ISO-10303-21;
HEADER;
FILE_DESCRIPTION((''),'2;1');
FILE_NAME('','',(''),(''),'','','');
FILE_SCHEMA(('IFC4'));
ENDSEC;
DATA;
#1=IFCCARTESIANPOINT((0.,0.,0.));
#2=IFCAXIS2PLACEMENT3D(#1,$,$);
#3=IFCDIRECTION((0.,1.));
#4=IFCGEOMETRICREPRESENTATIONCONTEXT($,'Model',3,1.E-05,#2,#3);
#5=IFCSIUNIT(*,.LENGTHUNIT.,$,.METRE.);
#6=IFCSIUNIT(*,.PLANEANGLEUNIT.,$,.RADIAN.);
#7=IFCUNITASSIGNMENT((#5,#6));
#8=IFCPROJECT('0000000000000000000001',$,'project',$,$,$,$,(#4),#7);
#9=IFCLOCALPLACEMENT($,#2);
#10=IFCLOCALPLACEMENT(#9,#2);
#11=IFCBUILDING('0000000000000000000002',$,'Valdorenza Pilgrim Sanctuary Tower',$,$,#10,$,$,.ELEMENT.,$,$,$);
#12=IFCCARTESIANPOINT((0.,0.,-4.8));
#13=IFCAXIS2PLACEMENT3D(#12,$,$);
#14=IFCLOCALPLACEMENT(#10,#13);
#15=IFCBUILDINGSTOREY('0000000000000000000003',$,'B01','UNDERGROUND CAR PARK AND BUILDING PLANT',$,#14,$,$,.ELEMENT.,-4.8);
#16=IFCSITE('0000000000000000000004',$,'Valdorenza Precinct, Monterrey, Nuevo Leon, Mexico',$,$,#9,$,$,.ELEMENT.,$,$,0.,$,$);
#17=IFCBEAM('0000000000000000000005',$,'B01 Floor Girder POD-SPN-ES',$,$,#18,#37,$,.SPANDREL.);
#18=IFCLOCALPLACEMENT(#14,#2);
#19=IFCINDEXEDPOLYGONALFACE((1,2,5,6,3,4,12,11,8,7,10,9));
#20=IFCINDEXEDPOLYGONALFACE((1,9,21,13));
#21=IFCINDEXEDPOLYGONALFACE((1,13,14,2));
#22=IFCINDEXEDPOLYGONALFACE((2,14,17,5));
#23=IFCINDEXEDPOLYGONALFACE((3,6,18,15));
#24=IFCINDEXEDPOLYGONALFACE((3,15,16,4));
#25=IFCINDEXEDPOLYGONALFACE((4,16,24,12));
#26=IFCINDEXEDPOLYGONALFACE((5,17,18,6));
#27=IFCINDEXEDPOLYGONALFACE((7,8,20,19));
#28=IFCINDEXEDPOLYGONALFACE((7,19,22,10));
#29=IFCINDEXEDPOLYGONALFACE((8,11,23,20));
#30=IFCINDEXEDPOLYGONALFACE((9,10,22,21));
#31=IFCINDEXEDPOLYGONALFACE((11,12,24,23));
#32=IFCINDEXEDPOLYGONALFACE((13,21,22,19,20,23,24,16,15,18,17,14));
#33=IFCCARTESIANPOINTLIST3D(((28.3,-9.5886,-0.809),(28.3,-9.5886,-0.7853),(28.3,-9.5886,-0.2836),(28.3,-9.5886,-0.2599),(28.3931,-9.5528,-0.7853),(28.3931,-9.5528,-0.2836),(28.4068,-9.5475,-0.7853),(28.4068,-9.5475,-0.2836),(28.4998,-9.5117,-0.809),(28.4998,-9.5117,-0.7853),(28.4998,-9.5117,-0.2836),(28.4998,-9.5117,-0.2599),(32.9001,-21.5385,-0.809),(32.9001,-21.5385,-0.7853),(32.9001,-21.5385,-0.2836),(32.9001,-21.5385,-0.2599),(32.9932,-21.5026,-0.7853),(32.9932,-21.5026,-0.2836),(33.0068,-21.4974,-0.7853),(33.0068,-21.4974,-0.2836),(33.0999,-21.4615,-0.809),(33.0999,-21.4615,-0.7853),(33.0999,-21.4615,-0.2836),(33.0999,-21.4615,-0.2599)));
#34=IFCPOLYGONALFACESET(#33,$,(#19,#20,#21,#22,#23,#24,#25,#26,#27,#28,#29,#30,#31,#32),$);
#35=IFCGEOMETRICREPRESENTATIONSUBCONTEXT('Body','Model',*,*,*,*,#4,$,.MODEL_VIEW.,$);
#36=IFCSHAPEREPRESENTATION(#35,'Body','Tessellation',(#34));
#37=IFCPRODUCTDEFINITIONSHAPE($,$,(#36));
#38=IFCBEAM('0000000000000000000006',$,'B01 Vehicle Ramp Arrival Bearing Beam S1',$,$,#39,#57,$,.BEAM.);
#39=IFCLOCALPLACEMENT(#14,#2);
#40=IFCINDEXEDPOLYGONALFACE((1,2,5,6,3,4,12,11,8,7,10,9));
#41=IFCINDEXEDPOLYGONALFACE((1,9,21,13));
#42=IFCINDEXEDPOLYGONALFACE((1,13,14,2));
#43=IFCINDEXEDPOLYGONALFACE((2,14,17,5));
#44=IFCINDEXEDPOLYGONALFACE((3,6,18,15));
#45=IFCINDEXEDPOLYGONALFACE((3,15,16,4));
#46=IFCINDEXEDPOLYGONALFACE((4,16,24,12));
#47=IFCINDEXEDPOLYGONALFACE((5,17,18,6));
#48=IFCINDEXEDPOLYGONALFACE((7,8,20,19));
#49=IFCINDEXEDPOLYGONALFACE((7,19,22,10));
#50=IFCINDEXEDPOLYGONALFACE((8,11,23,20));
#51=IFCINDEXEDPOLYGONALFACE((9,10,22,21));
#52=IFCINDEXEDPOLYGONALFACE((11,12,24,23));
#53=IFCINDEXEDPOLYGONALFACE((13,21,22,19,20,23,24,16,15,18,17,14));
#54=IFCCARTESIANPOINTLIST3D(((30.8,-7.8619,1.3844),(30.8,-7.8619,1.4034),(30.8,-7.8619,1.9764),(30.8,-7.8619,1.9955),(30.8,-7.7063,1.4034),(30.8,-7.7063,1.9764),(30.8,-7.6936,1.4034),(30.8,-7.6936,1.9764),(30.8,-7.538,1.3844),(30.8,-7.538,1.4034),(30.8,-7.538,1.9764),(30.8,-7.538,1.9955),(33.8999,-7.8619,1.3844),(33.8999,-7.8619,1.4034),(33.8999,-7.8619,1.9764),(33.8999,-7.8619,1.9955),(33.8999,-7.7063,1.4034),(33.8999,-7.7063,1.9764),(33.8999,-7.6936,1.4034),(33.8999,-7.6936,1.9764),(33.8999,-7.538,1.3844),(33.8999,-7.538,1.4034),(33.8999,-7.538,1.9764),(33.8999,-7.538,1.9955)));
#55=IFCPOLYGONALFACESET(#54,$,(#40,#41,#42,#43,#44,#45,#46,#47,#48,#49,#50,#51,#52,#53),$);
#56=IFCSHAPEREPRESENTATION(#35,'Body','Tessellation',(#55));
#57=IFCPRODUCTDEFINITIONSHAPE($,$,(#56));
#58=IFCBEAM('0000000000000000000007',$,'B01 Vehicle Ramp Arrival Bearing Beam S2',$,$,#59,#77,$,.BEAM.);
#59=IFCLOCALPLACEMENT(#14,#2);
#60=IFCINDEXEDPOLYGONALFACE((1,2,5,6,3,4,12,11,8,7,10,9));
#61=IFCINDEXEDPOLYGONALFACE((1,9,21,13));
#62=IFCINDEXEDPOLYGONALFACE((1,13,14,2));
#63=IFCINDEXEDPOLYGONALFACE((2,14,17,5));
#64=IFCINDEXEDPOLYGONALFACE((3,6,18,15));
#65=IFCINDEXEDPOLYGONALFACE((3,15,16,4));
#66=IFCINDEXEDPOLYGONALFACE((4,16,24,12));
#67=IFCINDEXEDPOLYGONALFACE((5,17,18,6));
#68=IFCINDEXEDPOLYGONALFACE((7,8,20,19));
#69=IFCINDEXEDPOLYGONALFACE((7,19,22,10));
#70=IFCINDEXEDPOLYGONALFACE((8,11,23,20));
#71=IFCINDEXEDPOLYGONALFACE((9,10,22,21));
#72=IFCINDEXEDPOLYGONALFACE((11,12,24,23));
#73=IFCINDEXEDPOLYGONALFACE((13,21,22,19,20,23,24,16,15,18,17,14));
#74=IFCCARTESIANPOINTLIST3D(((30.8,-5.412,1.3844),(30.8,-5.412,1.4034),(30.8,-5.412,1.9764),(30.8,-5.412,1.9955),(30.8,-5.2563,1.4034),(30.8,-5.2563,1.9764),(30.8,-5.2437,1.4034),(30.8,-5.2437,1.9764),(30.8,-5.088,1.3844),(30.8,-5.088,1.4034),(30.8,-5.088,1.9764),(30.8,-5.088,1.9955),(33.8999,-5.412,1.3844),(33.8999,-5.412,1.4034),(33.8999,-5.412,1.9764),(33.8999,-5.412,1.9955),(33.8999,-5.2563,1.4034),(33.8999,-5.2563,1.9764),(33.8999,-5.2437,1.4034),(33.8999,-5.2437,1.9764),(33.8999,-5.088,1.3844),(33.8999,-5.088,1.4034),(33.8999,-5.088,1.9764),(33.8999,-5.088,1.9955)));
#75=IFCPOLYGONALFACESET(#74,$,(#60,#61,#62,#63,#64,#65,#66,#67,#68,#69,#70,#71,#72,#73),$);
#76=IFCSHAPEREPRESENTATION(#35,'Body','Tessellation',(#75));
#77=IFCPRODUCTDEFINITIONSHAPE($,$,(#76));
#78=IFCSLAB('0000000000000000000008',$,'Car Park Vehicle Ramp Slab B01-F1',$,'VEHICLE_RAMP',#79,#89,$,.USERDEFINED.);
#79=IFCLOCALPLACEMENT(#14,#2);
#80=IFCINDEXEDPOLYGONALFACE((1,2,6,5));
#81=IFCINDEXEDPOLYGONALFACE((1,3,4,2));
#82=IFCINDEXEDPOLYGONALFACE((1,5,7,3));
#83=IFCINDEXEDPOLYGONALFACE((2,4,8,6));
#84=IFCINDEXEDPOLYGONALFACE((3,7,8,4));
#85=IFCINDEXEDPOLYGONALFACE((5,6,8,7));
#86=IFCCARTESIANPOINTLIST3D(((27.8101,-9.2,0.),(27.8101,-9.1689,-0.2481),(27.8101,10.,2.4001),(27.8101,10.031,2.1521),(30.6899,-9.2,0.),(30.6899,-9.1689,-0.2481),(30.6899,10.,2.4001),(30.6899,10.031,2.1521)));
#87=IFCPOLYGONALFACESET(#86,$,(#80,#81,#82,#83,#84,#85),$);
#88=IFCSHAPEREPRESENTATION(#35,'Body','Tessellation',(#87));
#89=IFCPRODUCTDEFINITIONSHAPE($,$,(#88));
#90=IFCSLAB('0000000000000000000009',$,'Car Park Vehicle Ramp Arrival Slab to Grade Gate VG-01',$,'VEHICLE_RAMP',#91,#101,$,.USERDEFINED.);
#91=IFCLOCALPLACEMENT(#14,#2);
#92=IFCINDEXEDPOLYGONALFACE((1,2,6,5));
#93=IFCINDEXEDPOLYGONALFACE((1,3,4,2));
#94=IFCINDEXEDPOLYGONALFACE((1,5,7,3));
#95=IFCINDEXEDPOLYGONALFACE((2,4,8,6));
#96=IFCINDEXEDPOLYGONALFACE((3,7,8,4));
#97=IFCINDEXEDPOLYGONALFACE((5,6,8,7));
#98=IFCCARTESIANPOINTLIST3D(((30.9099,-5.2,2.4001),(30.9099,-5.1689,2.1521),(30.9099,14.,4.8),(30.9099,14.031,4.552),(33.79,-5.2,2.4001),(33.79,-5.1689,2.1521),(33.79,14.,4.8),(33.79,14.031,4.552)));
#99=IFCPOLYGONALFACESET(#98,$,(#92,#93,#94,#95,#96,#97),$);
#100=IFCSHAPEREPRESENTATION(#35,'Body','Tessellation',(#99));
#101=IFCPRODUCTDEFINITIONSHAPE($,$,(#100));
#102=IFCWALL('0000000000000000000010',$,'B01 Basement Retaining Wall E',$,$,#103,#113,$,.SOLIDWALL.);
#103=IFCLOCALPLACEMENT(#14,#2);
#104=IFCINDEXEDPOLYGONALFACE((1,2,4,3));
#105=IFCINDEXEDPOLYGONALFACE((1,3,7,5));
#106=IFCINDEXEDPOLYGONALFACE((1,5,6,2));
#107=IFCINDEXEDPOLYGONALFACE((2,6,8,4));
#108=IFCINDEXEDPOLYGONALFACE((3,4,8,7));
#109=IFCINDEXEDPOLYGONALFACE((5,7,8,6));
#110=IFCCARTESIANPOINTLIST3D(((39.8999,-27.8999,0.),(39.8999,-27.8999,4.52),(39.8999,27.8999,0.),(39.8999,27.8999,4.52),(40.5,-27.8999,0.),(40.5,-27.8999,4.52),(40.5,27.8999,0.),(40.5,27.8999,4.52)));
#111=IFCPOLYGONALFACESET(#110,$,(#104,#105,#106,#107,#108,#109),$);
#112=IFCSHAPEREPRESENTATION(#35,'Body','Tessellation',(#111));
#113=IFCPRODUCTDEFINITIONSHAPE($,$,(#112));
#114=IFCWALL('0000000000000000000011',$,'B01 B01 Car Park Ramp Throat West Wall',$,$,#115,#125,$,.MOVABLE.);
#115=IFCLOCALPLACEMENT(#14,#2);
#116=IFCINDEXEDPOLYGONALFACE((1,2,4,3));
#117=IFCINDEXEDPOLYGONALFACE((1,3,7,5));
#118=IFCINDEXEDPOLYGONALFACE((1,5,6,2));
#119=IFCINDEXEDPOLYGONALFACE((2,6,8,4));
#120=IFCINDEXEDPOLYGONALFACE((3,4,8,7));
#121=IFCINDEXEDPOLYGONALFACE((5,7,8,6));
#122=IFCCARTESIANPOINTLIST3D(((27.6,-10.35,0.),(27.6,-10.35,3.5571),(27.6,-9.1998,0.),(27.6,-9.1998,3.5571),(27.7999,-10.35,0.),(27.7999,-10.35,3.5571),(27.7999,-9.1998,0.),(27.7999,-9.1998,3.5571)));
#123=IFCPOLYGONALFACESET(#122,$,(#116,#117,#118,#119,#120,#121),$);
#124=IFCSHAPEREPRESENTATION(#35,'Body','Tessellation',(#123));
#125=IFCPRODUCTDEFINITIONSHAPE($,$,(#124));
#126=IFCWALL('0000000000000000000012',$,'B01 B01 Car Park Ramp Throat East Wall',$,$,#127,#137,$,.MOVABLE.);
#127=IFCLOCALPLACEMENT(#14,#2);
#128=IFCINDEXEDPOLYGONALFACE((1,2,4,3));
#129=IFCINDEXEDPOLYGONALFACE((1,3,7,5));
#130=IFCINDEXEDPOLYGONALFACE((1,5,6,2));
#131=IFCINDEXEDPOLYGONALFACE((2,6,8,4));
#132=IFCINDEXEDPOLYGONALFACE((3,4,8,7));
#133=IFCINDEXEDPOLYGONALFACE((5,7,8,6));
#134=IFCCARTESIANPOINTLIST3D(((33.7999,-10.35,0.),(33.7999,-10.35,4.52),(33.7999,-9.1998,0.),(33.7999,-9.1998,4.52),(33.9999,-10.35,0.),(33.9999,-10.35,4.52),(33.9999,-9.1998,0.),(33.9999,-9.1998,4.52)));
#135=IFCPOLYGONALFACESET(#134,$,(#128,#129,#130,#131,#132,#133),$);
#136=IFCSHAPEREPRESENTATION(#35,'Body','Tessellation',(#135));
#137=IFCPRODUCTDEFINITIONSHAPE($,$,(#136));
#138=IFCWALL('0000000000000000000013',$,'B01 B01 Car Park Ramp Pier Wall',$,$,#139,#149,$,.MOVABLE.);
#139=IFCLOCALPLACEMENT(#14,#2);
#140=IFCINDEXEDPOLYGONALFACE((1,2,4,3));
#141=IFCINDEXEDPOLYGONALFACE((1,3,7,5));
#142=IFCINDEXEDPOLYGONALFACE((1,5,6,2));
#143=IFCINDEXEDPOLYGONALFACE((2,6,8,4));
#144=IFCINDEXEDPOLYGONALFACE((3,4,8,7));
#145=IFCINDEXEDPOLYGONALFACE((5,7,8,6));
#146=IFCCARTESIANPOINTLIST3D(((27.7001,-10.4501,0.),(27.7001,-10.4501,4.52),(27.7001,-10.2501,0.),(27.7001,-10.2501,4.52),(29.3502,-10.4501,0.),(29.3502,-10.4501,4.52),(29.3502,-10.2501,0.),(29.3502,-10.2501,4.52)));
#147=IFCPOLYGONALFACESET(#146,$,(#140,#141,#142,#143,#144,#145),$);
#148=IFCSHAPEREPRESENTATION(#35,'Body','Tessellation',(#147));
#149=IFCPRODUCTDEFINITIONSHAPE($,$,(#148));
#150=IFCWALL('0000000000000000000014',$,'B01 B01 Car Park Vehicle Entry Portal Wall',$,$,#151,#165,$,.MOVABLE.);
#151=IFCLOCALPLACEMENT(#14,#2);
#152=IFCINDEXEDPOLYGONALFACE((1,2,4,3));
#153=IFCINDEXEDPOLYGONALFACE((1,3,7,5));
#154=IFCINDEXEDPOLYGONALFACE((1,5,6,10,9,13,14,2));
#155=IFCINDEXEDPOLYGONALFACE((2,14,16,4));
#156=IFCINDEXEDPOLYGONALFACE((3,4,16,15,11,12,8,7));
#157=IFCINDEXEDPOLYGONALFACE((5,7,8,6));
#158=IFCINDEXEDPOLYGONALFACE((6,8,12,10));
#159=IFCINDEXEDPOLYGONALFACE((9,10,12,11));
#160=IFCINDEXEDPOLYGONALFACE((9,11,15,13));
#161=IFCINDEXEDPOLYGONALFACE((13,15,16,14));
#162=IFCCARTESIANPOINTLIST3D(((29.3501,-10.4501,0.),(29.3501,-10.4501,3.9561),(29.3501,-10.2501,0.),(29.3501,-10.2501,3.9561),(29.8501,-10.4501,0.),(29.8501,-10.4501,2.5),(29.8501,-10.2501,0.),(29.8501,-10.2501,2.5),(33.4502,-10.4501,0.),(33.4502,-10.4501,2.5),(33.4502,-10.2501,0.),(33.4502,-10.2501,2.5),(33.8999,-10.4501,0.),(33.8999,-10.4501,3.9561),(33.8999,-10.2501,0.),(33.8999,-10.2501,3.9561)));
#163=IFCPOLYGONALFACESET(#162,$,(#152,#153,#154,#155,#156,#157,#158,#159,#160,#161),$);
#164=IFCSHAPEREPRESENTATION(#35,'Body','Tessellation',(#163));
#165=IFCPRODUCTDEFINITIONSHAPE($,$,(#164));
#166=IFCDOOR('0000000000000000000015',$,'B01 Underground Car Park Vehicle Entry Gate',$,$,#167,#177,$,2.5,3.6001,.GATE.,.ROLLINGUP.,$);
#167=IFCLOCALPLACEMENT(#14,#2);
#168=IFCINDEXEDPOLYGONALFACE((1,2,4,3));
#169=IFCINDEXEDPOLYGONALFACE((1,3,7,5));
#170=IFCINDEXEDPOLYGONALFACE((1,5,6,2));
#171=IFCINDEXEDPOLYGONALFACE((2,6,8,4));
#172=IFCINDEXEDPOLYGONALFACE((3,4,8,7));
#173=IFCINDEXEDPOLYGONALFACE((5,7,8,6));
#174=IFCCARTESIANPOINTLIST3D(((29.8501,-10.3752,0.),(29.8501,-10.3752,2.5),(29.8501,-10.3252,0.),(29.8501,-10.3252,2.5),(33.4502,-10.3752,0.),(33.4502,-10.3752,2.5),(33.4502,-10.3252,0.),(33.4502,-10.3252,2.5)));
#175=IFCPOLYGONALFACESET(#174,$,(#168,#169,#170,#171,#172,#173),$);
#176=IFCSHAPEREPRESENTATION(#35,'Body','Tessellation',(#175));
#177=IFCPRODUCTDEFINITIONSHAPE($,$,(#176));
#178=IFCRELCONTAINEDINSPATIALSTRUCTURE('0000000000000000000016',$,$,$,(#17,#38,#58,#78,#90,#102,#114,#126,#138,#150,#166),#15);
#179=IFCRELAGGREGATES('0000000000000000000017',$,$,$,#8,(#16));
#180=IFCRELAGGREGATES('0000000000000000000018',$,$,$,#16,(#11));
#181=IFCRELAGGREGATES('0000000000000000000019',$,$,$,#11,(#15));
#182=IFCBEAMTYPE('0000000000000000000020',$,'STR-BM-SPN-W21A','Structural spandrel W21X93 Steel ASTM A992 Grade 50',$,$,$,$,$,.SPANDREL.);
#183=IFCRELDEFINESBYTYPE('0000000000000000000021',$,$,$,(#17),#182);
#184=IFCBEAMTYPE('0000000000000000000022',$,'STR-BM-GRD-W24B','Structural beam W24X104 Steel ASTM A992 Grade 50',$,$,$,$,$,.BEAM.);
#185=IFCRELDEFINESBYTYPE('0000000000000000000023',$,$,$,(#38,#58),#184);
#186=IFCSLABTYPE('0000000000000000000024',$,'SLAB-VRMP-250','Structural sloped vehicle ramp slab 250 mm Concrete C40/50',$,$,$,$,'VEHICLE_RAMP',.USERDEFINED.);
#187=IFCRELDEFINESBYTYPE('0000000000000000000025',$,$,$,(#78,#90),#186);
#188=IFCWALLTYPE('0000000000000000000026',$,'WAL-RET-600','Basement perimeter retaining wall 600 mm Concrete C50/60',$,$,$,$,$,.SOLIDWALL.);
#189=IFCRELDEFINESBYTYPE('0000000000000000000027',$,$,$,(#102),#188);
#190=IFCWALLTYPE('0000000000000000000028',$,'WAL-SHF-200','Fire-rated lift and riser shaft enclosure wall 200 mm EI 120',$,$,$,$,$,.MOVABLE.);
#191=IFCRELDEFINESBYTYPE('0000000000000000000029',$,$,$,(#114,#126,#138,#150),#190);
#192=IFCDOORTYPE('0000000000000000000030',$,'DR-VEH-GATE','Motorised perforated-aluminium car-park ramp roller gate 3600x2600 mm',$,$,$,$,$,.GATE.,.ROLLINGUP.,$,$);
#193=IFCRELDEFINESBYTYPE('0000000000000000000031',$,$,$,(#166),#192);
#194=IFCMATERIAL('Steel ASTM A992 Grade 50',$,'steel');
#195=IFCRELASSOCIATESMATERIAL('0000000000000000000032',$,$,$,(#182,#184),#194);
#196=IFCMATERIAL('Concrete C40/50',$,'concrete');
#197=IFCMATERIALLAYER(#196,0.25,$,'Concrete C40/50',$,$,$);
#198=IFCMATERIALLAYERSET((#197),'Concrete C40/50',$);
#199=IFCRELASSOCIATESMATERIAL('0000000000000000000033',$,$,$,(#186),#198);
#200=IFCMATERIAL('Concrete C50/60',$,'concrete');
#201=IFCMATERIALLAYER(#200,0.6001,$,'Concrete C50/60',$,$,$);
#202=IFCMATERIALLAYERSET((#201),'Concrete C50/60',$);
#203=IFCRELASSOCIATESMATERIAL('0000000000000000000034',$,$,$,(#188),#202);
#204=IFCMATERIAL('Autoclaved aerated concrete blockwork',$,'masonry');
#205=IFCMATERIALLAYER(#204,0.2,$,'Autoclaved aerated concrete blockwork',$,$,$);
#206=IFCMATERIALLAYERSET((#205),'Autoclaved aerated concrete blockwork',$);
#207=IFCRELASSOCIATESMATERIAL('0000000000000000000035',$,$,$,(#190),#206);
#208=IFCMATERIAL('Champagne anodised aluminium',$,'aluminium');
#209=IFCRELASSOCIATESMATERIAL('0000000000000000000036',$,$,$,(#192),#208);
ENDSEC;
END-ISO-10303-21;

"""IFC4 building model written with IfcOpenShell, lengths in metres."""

from ifc_helpers import new_model, si_unit, direction, frame, frame_2d, origin, origin_2d, place, context, subcontext, project, spatial, polyline, rectangle, i_section, outline, extrude, source, transform, mapped, material, layer, layer_set, material_profile, profile_set, type_object, element, fill, save


model = new_model("IFC4")

# Units and contexts
model_context = context("Model", 3, precision=1e-05, world=origin(), true_north=direction((0.0, 1.0)))
body_context = subcontext(model_context, "Body", "Model", "MODEL_VIEW")
ifc_project = project(units=[si_unit("LENGTHUNIT", "METRE"), si_unit("PLANEANGLEUNIT", "RADIAN")], contexts=[model_context])

# Site, building, storey
site_placement = place(None, origin())
site = spatial("IfcSite", under=ifc_project, at=site_placement, Name="Valdorenza Precinct, Monterrey, Nuevo Leon, Mexico", CompositionType="ELEMENT", RefElevation=0.0)
building_placement = place(site_placement, origin())
building = spatial("IfcBuilding", under=site, at=building_placement, Name="Valdorenza Pilgrim Sanctuary Tower", CompositionType="ELEMENT")
storey_placement = place(building_placement, frame((0.0, 0.0, -4.8)))
storey = spatial("IfcBuildingStorey", under=building, at=storey_placement, Name="B01", Description="UNDERGROUND CAR PARK AND BUILDING PLANT", CompositionType="ELEMENT", Elevation=-4.8)

# Beams
ifc_material_1 = material(Name="Steel ASTM A992 Grade 50", Category="steel")
ifc_material_profile_1 = material_profile(ifc_material_1, i_section(OverallWidth=0.2141, OverallDepth=0.5491, WebThickness=0.0146, FlangeThickness=0.0237, at=origin_2d()), Name="W21X93")
ifc_profile_set_1 = profile_set([ifc_material_profile_1], Name="Steel ASTM A992 Grade 50")
beam_type_1 = type_object("IfcBeamType", Name="STR-BM-SPN-W21A", Description="Structural spandrel W21X93 Steel ASTM A992 Grade 50", PredefinedType="SPANDREL", material=ifc_profile_set_1)
shared_shape_1 = source(origin(), body_context, "Body", "SweptSolid", [
    extrude(i_section(OverallWidth=0.2141, OverallDepth=0.5491, WebThickness=0.0146, FlangeThickness=0.0237, at=origin_2d()), origin(), (0.0, 0.0, 1.0), 12.8047),
])
beam_1_placement = place(storey_placement, frame((33.0, -21.5, -0.5344), z_axis=(-0.359249, 0.933242, 0.0), x_axis=(-0.933242, -0.359249, 0.0)))
element("IfcBeam", 1, at=beam_1_placement, inside=storey, type_object=beam_type_1, Name="B01 Floor Girder POD-SPN-ES", PredefinedType="SPANDREL", context=body_context, shape_type="MappedRepresentation", body=[
    mapped(shared_shape_1, transform((0.0, 0.0, 0.0), x_axis=(1.0, 0.0, 0.0), y_axis=(0.0, 1.0, 0.0), z_axis=(0.0, 0.0, 1.0), scale=1.0)),
])
ifc_material_profile_2 = material_profile(ifc_material_1, i_section(OverallWidth=0.324, OverallDepth=0.6111, WebThickness=0.0127, FlangeThickness=0.019, at=origin_2d()), Name="W24X104")
ifc_profile_set_2 = profile_set([ifc_material_profile_2], Name="Steel ASTM A992 Grade 50")
beam_type_2 = type_object("IfcBeamType", Name="STR-BM-GRD-W24B", Description="Structural beam W24X104 Steel ASTM A992 Grade 50", PredefinedType="BEAM", material=ifc_profile_set_2)
shared_shape_2 = source(origin(), body_context, "Body", "SweptSolid", [
    extrude(i_section(OverallWidth=0.324, OverallDepth=0.6111, WebThickness=0.0127, FlangeThickness=0.019, at=origin_2d()), origin(), (0.0, 0.0, 1.0), 3.0999),
])
for number, where, z_axis, x_axis, name in (
    (2, (30.8, -7.7, 1.6899), (1.0, 0.0, 0.0), (0.0, 1.0, 0.0), "B01 Vehicle Ramp Arrival Bearing Beam S1"),
    (3, (30.8, -5.25, 1.6899), (1.0, 0.0, 0.0), (0.0, 1.0, 0.0), "B01 Vehicle Ramp Arrival Bearing Beam S2"),
):
    element("IfcBeam", number, at=place(storey_placement, frame(where, z_axis=z_axis, x_axis=x_axis)), inside=storey, type_object=beam_type_2, Name=name, PredefinedType="BEAM", context=body_context, shape_type="MappedRepresentation", body=[
        mapped(shared_shape_2, transform((0.0, 0.0, 0.0), x_axis=(1.0, 0.0, 0.0), y_axis=(0.0, 1.0, 0.0), z_axis=(0.0, 0.0, 1.0), scale=1.0)),
    ])

# Slabs
ifc_material_2 = material(Name="Concrete C40/50", Category="concrete")
ifc_layer_1 = layer(ifc_material_2, 0.25, Name="Concrete C40/50")
ifc_layer_set_1 = layer_set([ifc_layer_1], Name="Concrete C40/50")
slab_type = type_object("IfcSlabType", Name="SLAB-VRMP-250", Description="Structural sloped vehicle ramp slab 250 mm Concrete C40/50", ElementType="VEHICLE_RAMP", PredefinedType="USERDEFINED", material=ifc_layer_set_1)
slab_1_placement = place(storey_placement, frame((27.8101, -9.2, 0.0), z_axis=(0.0, -0.124042, 0.992277), x_axis=(1.0, 0.0, 0.0)))
element("IfcSlab", 4, at=slab_1_placement, inside=storey, type_object=slab_type, Name="Car Park Vehicle Ramp Slab B01-F1", ObjectType="VEHICLE_RAMP", PredefinedType="USERDEFINED", context=body_context, shape_type="SweptSolid", body=[
    extrude(outline(polyline([(0.0, 0.0), (2.8799, 0.0), (2.8799, 19.3494), (0.0, 19.3494), (0.0, 0.0)])), origin(), (0.0, 0.0, -1.0), 0.25),
])
slab_2_placement = place(storey_placement, frame((30.9099, -5.2, 2.4001), z_axis=(0.0, -0.12403, 0.992278), x_axis=(1.0, 0.0, 0.0)))
element("IfcSlab", 5, at=slab_2_placement, inside=storey, type_object=slab_type, Name="Car Park Vehicle Ramp Arrival Slab to Grade Gate VG-01", ObjectType="VEHICLE_RAMP", PredefinedType="USERDEFINED", context=body_context, shape_type="SweptSolid", body=[
    extrude(outline(polyline([(0.0, 0.0), (2.8801, 0.0), (2.8801, 19.3494), (0.0, 19.3494), (0.0, 0.0)])), origin(), (0.0, 0.0, -1.0), 0.25),
])

# Walls
ifc_material_3 = material(Name="Concrete C50/60", Category="concrete")
ifc_layer_2 = layer(ifc_material_3, 0.6001, Name="Concrete C50/60")
ifc_layer_set_2 = layer_set([ifc_layer_2], Name="Concrete C50/60")
wall_type_1 = type_object("IfcWallType", Name="WAL-RET-600", Description="Basement perimeter retaining wall 600 mm Concrete C50/60", PredefinedType="SOLIDWALL", material=ifc_layer_set_2)
wall_1_placement = place(storey_placement, frame((40.2, -27.8999, 0.0), z_axis=(0.0, 0.0, 1.0), x_axis=(0.0, 1.0, 0.0)))
element("IfcWall", 6, at=wall_1_placement, inside=storey, type_object=wall_type_1, Name="B01 Basement Retaining Wall E", PredefinedType="SOLIDWALL", context=body_context, shape_type="SweptSolid", body=[
    extrude(rectangle(XDim=55.7998, YDim=0.6001, at=frame_2d((27.8999, 0.0))), origin(), (0.0, 0.0, 1.0), 4.52),
])
ifc_material_4 = material(Name="Autoclaved aerated concrete blockwork", Category="masonry")
ifc_layer_3 = layer(ifc_material_4, 0.2, Name="Autoclaved aerated concrete blockwork")
ifc_layer_set_3 = layer_set([ifc_layer_3], Name="Autoclaved aerated concrete blockwork")
wall_type_2 = type_object("IfcWallType", Name="WAL-SHF-200", Description="Fire-rated lift and riser shaft enclosure wall 200 mm EI 120", PredefinedType="MOVABLE", material=ifc_layer_set_3)
wall_2_placement = place(storey_placement, frame((27.7, -10.3501, 0.0), z_axis=(0.0, 0.0, 1.0), x_axis=(0.0, 1.0, 0.0)))
element("IfcWall", 7, at=wall_2_placement, inside=storey, type_object=wall_type_2, Name="B01 B01 Car Park Ramp Throat West Wall", PredefinedType="MOVABLE", context=body_context, shape_type="SweptSolid", body=[
    extrude(rectangle(XDim=1.1501, YDim=0.2, at=frame_2d((0.5752, 0.0))), origin(), (0.0, 0.0, 1.0), 3.5571),
])
wall_3_placement = place(storey_placement, frame((33.8999, -10.3501, 0.0), z_axis=(0.0, 0.0, 1.0), x_axis=(0.0, 1.0, 0.0)))
element("IfcWall", 8, at=wall_3_placement, inside=storey, type_object=wall_type_2, Name="B01 B01 Car Park Ramp Throat East Wall", PredefinedType="MOVABLE", context=body_context, shape_type="SweptSolid", body=[
    extrude(rectangle(XDim=1.1501, YDim=0.2, at=frame_2d((0.5752, 0.0))), origin(), (0.0, 0.0, 1.0), 4.52),
])
wall_4_placement = place(storey_placement, frame((27.7, -10.3501, 0.0), z_axis=(0.0, 0.0, 1.0), x_axis=(1.0, 0.0, 0.0)))
element("IfcWall", 9, at=wall_4_placement, inside=storey, type_object=wall_type_2, Name="B01 B01 Car Park Ramp Pier Wall", PredefinedType="MOVABLE", context=body_context, shape_type="SweptSolid", body=[
    extrude(rectangle(XDim=1.6501, YDim=0.2, at=frame_2d((0.8252, 0.0))), origin(), (0.0, 0.0, 1.0), 4.52),
])

# Wall, opening, door
wall_5_placement = place(storey_placement, frame((29.3501, -10.3501, 0.0), z_axis=(0.0, 0.0, 1.0), x_axis=(1.0, 0.0, 0.0)))
wall_5 = element("IfcWall", 10, at=wall_5_placement, inside=storey, type_object=wall_type_2, Name="B01 B01 Car Park Vehicle Entry Portal Wall", PredefinedType="MOVABLE", context=body_context, shape_type="SweptSolid", body=[
    extrude(rectangle(XDim=4.5498, YDim=0.2, at=frame_2d((2.2749, 0.0))), origin(), (0.0, 0.0, 1.0), 3.9561),
])
opening_placement = place(wall_5_placement, frame((0.5, 0.0, 0.0)))
opening = element("IfcOpeningElement", 11, at=opening_placement, cuts=wall_5, PredefinedType="OPENING", context=body_context, shape_type="SweptSolid", body=[
    extrude(rectangle(XDim=3.6001, YDim=2.5, at=frame_2d((1.8, 1.25))), frame((0.0, 0.1147, 0.0), z_axis=(0.0, -1.0, 0.0), x_axis=(1.0, 0.0, 0.0)), (0.0, 0.0, 1.0), 0.2297),
])
ifc_material_5 = material(Name="Champagne anodised aluminium", Category="aluminium")
door_type = type_object("IfcDoorType", Name="DR-VEH-GATE", Description="Motorised perforated-aluminium car-park ramp roller gate 3600x2600 mm", OperationType="ROLLINGUP", PredefinedType="GATE", material=ifc_material_5)
door_placement = place(opening_placement, origin())
door = element("IfcDoor", 12, at=door_placement, inside=storey, type_object=door_type, Name="B01 Underground Car Park Vehicle Entry Gate", OperationType="ROLLINGUP", OverallHeight=2.5, OverallWidth=3.6001, PredefinedType="GATE", context=body_context, shape_type="SweptSolid", body=[
    extrude(rectangle(XDim=3.6001, YDim=2.5, at=frame_2d((1.8, 1.25))), frame((0.0, 0.0249, 0.0), z_axis=(0.0, -1.0, 0.0), x_axis=(1.0, 0.0, 0.0)), (0.0, 0.0, 1.0), 0.05),
])
fill(opening, door)

save(model, "model.ifc")
